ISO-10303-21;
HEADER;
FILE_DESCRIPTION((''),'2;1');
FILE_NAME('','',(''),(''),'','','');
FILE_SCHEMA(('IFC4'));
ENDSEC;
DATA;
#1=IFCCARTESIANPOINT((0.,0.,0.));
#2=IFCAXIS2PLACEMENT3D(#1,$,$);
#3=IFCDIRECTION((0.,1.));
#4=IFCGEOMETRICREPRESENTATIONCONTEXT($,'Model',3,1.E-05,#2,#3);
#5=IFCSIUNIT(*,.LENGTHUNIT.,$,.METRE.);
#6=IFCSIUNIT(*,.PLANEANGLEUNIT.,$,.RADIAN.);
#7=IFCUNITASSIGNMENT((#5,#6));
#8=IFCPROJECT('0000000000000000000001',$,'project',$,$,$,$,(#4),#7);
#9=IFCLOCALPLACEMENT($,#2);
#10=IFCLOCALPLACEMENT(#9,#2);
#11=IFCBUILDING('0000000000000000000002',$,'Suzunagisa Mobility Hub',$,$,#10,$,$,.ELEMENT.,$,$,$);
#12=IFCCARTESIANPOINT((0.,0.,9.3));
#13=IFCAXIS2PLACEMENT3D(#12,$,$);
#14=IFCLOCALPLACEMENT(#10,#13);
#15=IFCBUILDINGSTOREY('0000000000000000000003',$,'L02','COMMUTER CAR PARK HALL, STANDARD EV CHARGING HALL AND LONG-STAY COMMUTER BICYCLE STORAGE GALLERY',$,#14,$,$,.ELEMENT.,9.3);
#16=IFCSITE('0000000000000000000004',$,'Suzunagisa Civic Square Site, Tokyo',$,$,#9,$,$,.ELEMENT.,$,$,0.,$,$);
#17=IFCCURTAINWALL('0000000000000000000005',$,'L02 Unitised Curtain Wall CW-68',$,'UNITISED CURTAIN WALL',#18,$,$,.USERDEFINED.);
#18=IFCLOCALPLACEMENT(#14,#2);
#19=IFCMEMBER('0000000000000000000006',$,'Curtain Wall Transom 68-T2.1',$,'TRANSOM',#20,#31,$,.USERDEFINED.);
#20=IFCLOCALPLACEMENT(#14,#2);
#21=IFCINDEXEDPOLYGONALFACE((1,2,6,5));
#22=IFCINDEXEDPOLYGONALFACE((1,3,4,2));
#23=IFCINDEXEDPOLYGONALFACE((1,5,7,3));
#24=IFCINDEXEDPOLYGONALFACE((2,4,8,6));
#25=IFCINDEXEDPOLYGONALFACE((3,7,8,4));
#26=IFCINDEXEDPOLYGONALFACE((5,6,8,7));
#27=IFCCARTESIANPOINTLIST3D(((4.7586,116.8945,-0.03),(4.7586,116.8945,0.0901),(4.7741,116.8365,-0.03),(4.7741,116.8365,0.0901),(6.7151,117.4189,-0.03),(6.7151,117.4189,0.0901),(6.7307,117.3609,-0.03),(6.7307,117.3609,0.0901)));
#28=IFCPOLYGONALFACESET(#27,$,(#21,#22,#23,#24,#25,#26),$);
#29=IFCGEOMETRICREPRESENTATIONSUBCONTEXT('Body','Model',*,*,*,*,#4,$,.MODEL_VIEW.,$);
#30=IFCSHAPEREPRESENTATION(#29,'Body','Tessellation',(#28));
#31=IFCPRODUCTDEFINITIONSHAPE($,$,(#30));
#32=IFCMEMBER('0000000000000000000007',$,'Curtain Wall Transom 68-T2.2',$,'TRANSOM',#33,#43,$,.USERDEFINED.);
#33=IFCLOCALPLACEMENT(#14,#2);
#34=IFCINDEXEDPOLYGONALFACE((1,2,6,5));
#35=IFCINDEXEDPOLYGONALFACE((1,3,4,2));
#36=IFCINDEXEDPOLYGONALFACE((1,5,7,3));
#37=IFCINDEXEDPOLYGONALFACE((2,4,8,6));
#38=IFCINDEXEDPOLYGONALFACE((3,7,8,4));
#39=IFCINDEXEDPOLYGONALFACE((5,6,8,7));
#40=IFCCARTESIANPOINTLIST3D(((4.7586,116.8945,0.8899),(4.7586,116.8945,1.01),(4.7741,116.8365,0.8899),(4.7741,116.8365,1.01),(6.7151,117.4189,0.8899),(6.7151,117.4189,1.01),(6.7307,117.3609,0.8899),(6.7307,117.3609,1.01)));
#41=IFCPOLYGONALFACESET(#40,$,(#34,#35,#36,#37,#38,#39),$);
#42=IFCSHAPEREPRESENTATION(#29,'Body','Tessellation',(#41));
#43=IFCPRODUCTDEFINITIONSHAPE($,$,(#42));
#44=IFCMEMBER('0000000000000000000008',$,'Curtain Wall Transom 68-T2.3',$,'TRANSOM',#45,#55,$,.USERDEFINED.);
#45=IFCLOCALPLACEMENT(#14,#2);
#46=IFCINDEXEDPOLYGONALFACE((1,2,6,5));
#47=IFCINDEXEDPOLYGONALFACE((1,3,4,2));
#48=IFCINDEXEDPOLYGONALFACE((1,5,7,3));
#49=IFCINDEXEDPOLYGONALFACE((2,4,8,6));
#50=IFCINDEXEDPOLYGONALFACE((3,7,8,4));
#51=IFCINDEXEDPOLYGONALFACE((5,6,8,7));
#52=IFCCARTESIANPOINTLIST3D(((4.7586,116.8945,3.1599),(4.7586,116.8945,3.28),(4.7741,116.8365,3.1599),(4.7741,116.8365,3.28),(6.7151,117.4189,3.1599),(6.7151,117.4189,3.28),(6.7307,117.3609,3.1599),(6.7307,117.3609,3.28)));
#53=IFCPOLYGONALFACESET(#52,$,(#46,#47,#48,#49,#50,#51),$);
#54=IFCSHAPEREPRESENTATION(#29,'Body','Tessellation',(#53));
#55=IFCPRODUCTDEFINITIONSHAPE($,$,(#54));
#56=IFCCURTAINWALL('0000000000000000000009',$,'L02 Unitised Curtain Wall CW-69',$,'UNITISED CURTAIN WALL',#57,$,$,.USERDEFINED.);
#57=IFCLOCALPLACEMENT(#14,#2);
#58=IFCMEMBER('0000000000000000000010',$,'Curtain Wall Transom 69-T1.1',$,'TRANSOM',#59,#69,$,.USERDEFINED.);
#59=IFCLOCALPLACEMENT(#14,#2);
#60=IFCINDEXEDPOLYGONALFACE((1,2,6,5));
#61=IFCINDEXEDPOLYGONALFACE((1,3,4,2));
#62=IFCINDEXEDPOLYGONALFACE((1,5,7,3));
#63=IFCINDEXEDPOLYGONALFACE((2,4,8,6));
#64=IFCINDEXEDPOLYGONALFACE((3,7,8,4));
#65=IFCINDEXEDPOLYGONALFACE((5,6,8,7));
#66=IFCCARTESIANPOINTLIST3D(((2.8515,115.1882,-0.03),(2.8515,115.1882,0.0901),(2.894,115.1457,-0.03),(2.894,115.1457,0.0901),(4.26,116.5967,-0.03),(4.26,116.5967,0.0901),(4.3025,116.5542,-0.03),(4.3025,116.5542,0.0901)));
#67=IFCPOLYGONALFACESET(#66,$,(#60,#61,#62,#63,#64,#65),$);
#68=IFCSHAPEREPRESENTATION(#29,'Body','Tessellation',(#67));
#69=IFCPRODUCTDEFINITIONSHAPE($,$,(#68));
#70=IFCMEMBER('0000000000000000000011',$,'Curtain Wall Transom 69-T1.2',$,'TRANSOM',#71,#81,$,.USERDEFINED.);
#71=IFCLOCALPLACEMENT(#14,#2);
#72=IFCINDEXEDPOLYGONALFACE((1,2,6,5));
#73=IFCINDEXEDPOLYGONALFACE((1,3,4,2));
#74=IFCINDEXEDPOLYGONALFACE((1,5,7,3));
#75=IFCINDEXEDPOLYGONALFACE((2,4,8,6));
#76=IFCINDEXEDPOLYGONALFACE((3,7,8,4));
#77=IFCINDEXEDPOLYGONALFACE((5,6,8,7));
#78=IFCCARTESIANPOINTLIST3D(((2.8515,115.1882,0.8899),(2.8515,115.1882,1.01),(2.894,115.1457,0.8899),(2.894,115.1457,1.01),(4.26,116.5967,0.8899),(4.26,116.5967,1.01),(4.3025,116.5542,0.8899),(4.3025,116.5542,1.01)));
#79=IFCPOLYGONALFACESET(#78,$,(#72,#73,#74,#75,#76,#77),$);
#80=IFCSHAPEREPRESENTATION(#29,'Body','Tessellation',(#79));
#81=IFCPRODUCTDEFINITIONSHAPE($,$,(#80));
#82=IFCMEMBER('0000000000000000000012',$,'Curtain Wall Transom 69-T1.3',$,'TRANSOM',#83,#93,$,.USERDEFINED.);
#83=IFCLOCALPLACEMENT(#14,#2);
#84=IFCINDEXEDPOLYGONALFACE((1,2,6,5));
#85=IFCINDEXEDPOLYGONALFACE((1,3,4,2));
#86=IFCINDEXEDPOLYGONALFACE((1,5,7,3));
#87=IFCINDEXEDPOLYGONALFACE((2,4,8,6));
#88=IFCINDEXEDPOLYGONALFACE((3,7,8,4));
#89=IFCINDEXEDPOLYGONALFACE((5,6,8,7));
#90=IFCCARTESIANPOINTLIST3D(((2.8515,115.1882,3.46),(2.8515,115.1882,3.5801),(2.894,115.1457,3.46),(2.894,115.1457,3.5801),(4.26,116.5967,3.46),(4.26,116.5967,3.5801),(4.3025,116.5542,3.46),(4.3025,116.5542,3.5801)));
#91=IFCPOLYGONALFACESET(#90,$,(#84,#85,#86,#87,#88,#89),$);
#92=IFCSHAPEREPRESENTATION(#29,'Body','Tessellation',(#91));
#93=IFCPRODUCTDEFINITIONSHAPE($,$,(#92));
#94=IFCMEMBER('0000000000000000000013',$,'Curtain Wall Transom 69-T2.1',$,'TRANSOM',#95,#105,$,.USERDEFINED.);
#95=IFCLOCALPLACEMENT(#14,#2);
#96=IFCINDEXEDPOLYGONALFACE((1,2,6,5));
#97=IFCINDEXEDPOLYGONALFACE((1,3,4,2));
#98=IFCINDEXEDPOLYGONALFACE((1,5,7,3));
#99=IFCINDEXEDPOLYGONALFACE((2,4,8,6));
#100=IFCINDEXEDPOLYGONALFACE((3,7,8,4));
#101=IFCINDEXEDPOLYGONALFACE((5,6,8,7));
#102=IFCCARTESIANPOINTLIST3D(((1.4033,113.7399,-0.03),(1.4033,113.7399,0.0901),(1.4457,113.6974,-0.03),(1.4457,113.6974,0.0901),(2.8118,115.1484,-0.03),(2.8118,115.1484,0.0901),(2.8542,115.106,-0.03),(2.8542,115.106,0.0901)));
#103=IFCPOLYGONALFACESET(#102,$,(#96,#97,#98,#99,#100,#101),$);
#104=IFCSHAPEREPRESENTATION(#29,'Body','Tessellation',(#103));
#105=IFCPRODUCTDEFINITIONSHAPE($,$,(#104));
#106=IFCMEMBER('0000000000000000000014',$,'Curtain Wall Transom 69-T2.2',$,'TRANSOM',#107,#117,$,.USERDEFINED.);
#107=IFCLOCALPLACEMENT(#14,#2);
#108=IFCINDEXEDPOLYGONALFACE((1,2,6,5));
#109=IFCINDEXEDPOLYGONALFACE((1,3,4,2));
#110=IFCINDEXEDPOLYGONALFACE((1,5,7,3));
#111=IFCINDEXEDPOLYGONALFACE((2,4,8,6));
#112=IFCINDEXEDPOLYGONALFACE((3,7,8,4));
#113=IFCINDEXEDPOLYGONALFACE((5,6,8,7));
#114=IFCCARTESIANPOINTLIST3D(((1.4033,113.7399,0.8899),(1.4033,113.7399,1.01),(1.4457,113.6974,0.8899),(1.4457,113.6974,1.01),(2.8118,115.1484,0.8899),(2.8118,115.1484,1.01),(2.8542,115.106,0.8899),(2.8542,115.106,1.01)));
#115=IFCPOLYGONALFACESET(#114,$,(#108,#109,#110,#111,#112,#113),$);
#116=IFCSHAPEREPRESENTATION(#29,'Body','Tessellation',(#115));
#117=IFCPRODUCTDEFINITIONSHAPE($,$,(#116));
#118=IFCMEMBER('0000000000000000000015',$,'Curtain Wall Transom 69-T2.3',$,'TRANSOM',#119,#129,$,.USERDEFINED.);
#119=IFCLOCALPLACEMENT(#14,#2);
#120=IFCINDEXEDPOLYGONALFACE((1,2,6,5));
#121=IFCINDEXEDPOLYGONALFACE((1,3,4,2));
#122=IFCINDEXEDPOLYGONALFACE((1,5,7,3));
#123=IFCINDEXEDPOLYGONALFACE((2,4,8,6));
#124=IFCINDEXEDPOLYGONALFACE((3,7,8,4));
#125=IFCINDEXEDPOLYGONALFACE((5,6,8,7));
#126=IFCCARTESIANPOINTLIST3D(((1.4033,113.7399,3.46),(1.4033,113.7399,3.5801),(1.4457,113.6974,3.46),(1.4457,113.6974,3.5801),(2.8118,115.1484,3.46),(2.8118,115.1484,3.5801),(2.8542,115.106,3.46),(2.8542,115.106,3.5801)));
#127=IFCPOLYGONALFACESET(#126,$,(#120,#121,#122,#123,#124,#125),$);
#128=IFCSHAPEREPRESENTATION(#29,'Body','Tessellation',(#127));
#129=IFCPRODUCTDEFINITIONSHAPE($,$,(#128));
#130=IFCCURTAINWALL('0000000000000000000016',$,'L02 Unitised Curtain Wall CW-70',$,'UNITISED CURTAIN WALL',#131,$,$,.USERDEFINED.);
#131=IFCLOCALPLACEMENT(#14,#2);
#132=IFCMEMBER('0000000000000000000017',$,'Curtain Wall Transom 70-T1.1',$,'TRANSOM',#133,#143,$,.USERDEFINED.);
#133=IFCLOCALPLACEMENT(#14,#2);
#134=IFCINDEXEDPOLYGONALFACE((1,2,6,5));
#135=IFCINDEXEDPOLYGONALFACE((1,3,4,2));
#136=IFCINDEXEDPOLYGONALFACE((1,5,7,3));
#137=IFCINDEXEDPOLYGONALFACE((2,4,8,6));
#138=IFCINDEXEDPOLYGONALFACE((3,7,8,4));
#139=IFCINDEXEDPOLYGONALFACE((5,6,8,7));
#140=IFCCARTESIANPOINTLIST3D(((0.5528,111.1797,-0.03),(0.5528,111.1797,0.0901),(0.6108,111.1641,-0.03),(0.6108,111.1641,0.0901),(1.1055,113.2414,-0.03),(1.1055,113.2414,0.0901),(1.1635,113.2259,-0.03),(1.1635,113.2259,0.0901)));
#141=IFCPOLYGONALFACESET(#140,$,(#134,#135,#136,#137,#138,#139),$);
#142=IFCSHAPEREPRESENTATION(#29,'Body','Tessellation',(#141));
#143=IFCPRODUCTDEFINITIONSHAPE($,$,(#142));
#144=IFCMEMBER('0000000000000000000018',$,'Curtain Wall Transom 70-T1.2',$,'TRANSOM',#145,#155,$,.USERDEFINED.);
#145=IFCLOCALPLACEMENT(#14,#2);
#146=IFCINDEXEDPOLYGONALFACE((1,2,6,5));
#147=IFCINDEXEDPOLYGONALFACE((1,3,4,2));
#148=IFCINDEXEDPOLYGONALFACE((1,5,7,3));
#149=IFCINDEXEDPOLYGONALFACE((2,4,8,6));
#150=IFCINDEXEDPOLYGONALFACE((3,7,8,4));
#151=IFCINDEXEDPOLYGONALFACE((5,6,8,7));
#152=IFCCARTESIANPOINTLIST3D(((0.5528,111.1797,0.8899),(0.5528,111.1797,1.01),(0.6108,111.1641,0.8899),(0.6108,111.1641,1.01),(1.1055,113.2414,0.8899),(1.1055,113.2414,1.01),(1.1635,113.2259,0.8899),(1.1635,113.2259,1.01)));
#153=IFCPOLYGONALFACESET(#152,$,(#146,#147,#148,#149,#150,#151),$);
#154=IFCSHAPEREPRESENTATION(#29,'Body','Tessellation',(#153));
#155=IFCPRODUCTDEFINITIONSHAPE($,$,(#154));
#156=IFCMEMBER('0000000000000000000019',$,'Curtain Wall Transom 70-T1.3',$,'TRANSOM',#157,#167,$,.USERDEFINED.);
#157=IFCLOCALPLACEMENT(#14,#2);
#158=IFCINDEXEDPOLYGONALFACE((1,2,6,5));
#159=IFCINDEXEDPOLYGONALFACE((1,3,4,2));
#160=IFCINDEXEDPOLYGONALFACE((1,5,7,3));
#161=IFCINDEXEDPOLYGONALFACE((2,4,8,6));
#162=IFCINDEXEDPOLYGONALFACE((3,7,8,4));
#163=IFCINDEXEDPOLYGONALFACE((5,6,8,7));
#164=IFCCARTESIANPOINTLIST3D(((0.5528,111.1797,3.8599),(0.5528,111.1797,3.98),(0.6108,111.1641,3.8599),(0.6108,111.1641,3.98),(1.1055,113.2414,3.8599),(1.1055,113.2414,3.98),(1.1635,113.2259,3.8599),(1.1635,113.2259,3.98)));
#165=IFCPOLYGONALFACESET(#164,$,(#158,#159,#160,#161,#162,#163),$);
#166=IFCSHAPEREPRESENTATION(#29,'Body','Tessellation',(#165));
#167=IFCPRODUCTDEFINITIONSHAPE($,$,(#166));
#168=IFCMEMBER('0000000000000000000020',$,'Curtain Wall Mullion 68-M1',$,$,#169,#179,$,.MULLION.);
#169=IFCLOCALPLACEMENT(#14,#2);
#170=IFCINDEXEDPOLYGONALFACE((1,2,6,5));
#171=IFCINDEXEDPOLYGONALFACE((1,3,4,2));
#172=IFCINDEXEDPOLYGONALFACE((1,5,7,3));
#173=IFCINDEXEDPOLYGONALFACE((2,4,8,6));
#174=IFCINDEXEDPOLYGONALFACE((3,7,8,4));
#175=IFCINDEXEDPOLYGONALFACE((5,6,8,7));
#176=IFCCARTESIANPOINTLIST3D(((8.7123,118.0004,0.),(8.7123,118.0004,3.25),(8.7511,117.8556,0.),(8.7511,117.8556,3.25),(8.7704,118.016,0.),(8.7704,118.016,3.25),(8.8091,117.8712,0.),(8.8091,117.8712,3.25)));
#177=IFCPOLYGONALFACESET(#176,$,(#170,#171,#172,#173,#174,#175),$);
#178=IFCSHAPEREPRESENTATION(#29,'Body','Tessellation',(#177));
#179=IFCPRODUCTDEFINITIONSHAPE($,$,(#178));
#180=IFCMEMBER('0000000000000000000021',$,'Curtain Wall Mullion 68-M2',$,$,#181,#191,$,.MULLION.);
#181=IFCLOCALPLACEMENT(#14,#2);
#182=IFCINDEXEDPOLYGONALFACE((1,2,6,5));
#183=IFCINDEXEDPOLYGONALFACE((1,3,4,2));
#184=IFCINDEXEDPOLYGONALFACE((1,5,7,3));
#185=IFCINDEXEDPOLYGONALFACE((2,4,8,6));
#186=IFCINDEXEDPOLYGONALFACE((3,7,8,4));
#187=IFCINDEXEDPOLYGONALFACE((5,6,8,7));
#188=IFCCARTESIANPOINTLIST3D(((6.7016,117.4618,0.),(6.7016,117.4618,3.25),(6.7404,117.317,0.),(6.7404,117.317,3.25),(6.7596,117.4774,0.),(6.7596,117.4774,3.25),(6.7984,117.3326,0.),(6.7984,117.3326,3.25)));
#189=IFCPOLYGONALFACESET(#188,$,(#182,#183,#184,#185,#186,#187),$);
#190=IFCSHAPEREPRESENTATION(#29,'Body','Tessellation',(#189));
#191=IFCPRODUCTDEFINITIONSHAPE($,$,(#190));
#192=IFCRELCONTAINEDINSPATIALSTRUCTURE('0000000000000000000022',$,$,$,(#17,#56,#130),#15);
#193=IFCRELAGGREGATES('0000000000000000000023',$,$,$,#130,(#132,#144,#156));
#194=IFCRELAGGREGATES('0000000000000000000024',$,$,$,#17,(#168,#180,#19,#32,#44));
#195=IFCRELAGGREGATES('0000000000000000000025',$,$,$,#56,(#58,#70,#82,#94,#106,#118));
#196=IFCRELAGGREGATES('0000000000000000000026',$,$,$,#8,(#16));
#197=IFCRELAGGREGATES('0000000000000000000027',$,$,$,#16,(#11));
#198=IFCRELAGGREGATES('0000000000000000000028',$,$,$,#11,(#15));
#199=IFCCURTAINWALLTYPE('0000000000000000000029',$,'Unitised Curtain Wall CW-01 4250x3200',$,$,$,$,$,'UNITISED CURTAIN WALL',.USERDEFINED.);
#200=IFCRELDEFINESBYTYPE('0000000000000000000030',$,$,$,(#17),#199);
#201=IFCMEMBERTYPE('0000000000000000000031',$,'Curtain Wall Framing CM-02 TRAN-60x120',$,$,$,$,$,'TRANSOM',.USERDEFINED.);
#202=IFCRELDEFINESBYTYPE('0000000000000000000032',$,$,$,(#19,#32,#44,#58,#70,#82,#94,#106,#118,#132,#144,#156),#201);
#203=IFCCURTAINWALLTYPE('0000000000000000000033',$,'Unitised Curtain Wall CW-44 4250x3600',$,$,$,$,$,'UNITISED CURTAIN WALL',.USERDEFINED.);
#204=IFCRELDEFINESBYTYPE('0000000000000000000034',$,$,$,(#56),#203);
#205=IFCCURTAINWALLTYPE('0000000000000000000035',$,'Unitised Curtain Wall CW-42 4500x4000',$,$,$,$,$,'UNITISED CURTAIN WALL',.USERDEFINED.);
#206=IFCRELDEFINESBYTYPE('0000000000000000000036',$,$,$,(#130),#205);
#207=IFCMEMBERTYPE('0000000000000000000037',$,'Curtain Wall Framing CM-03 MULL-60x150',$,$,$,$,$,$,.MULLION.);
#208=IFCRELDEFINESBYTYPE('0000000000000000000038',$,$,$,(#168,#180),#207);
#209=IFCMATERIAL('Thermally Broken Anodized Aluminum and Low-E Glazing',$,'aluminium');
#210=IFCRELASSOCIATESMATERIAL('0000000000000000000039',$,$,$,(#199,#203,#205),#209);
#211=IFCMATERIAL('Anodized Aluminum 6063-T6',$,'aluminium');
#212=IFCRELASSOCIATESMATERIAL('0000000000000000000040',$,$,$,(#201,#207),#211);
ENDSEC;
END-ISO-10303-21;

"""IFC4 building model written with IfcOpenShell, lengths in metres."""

from ifc_helpers import new_model, si_unit, direction, frame, origin, origin_2d, place, context, subcontext, project, spatial, rectangle, extrude, material, material_profile, profile_set, type_object, element, aggregate, save


model = new_model("IFC4")

# Units and contexts
model_context = context("Model", 3, precision=1e-05, world=origin(), true_north=direction((0.0, 1.0)))
body_context = subcontext(model_context, "Body", "Model", "MODEL_VIEW")
ifc_project = project(units=[si_unit("LENGTHUNIT", "METRE"), si_unit("PLANEANGLEUNIT", "RADIAN")], contexts=[model_context])

# Site, building, storey
site_placement = place(None, origin())
site = spatial("IfcSite", under=ifc_project, at=site_placement, Name="Suzunagisa Civic Square Site, Tokyo", CompositionType="ELEMENT", RefElevation=0.0)
building_placement = place(site_placement, origin())
building = spatial("IfcBuilding", under=site, at=building_placement, Name="Suzunagisa Mobility Hub", CompositionType="ELEMENT")
storey_placement = place(building_placement, frame((0.0, 0.0, 9.3)))
storey = spatial("IfcBuildingStorey", under=building, at=storey_placement, Name="L02", Description="COMMUTER CAR PARK HALL, STANDARD EV CHARGING HALL AND LONG-STAY COMMUTER BICYCLE STORAGE GALLERY", CompositionType="ELEMENT", Elevation=9.3)

# Curtain walls, members
ifc_material_1 = material(Name="Thermally Broken Anodized Aluminum and Low-E Glazing", Category="aluminium")
curtain_wall_type_1 = type_object("IfcCurtainWallType", Name="Unitised Curtain Wall CW-01 4250x3200", ElementType="UNITISED CURTAIN WALL", PredefinedType="USERDEFINED", material=ifc_material_1)
curtain_wall_1_placement = place(storey_placement, origin())
curtain_wall_1 = element("IfcCurtainWall", 1, at=curtain_wall_1_placement, inside=storey, type_object=curtain_wall_type_1, Name="L02 Unitised Curtain Wall CW-68", ObjectType="UNITISED CURTAIN WALL", PredefinedType="USERDEFINED")
ifc_material_2 = material(Name="Anodized Aluminum 6063-T6", Category="aluminium")
ifc_material_profile_1 = material_profile(ifc_material_2, rectangle(XDim=0.0601, YDim=0.1201, at=origin_2d()), Name="TRAN-60x120")
ifc_profile_set_1 = profile_set([ifc_material_profile_1], Name="Anodized Aluminum 6063-T6")
member_type_1 = type_object("IfcMemberType", Name="Curtain Wall Framing CM-02 TRAN-60x120", ElementType="TRANSOM", PredefinedType="USERDEFINED", material=ifc_profile_set_1)
member_1_placement = place(storey_placement, frame((6.7229, 117.3899, 0.03), z_axis=(-0.965906, -0.258893, 0.0), x_axis=(0.258893, -0.965906, 0.0)))
member_1 = element("IfcMember", 2, at=member_1_placement, type_object=member_type_1, Name="Curtain Wall Transom 68-T2.1", ObjectType="TRANSOM", PredefinedType="USERDEFINED", context=body_context, shape_type="SweptSolid", body=[
    extrude(rectangle(XDim=0.0601, YDim=0.1201, at=origin_2d()), origin(), (0.0, 0.0, 1.0), 2.0256),
])
member_2_placement = place(storey_placement, frame((6.7229, 117.3899, 0.95), z_axis=(-0.965906, -0.258893, 0.0), x_axis=(0.258893, -0.965906, 0.0)))
member_2 = element("IfcMember", 3, at=member_2_placement, type_object=member_type_1, Name="Curtain Wall Transom 68-T2.2", ObjectType="TRANSOM", PredefinedType="USERDEFINED", context=body_context, shape_type="SweptSolid", body=[
    extrude(rectangle(XDim=0.0601, YDim=0.1201, at=origin_2d()), origin(), (0.0, 0.0, 1.0), 2.0256),
])
member_3_placement = place(storey_placement, frame((6.7229, 117.3899, 3.22), z_axis=(-0.965906, -0.258893, 0.0), x_axis=(0.258893, -0.965906, 0.0)))
member_3 = element("IfcMember", 4, at=member_3_placement, type_object=member_type_1, Name="Curtain Wall Transom 68-T2.3", ObjectType="TRANSOM", PredefinedType="USERDEFINED", context=body_context, shape_type="SweptSolid", body=[
    extrude(rectangle(XDim=0.0601, YDim=0.1201, at=origin_2d()), origin(), (0.0, 0.0, 1.0), 2.0256),
])
curtain_wall_type_2 = type_object("IfcCurtainWallType", Name="Unitised Curtain Wall CW-44 4250x3600", ElementType="UNITISED CURTAIN WALL", PredefinedType="USERDEFINED", material=ifc_material_1)
curtain_wall_2_placement = place(storey_placement, origin())
curtain_wall_2 = element("IfcCurtainWall", 5, at=curtain_wall_2_placement, inside=storey, type_object=curtain_wall_type_2, Name="L02 Unitised Curtain Wall CW-69", ObjectType="UNITISED CURTAIN WALL", PredefinedType="USERDEFINED")
member_4_placement = place(storey_placement, frame((4.2812, 116.5754, 0.03), z_axis=(-0.707107, -0.707107, 0.0), x_axis=(0.707107, -0.707107, 0.0)))
member_4 = element("IfcMember", 6, at=member_4_placement, type_object=member_type_1, Name="Curtain Wall Transom 69-T1.1", ObjectType="TRANSOM", PredefinedType="USERDEFINED", context=body_context, shape_type="SweptSolid", body=[
    extrude(rectangle(XDim=0.0601, YDim=0.1201, at=origin_2d()), origin(), (0.0, 0.0, 1.0), 1.9919),
])
member_5_placement = place(storey_placement, frame((4.2812, 116.5754, 0.95), z_axis=(-0.707107, -0.707107, 0.0), x_axis=(0.707107, -0.707107, 0.0)))
member_5 = element("IfcMember", 7, at=member_5_placement, type_object=member_type_1, Name="Curtain Wall Transom 69-T1.2", ObjectType="TRANSOM", PredefinedType="USERDEFINED", context=body_context, shape_type="SweptSolid", body=[
    extrude(rectangle(XDim=0.0601, YDim=0.1201, at=origin_2d()), origin(), (0.0, 0.0, 1.0), 1.9919),
])
member_6_placement = place(storey_placement, frame((4.2812, 116.5754, 3.52), z_axis=(-0.707107, -0.707107, 0.0), x_axis=(0.707107, -0.707107, 0.0)))
member_6 = element("IfcMember", 8, at=member_6_placement, type_object=member_type_1, Name="Curtain Wall Transom 69-T1.3", ObjectType="TRANSOM", PredefinedType="USERDEFINED", context=body_context, shape_type="SweptSolid", body=[
    extrude(rectangle(XDim=0.0601, YDim=0.1201, at=origin_2d()), origin(), (0.0, 0.0, 1.0), 1.9919),
])
member_7_placement = place(storey_placement, frame((2.833, 115.1272, 0.03), z_axis=(-0.707107, -0.707107, 0.0), x_axis=(0.707107, -0.707107, 0.0)))
member_7 = element("IfcMember", 9, at=member_7_placement, type_object=member_type_1, Name="Curtain Wall Transom 69-T2.1", ObjectType="TRANSOM", PredefinedType="USERDEFINED", context=body_context, shape_type="SweptSolid", body=[
    extrude(rectangle(XDim=0.0601, YDim=0.1201, at=origin_2d()), origin(), (0.0, 0.0, 1.0), 1.9919),
])
member_8_placement = place(storey_placement, frame((2.833, 115.1272, 0.95), z_axis=(-0.707107, -0.707107, 0.0), x_axis=(0.707107, -0.707107, 0.0)))
member_8 = element("IfcMember", 10, at=member_8_placement, type_object=member_type_1, Name="Curtain Wall Transom 69-T2.2", ObjectType="TRANSOM", PredefinedType="USERDEFINED", context=body_context, shape_type="SweptSolid", body=[
    extrude(rectangle(XDim=0.0601, YDim=0.1201, at=origin_2d()), origin(), (0.0, 0.0, 1.0), 1.9919),
])
member_9_placement = place(storey_placement, frame((2.833, 115.1272, 3.52), z_axis=(-0.707107, -0.707107, 0.0), x_axis=(0.707107, -0.707107, 0.0)))
member_9 = element("IfcMember", 11, at=member_9_placement, type_object=member_type_1, Name="Curtain Wall Transom 69-T2.3", ObjectType="TRANSOM", PredefinedType="USERDEFINED", context=body_context, shape_type="SweptSolid", body=[
    extrude(rectangle(XDim=0.0601, YDim=0.1201, at=origin_2d()), origin(), (0.0, 0.0, 1.0), 1.9919),
])
curtain_wall_type_3 = type_object("IfcCurtainWallType", Name="Unitised Curtain Wall CW-42 4500x4000", ElementType="UNITISED CURTAIN WALL", PredefinedType="USERDEFINED", material=ifc_material_1)
curtain_wall_3_placement = place(storey_placement, origin())
curtain_wall_3 = element("IfcCurtainWall", 12, at=curtain_wall_3_placement, inside=storey, type_object=curtain_wall_type_3, Name="L02 Unitised Curtain Wall CW-70", ObjectType="UNITISED CURTAIN WALL", PredefinedType="USERDEFINED")
member_10_placement = place(storey_placement, frame((1.1345, 113.2336, 0.03), z_axis=(-0.258944, -0.965892, 0.0), x_axis=(0.965892, -0.258944, 0.0)))
member_10 = element("IfcMember", 13, at=member_10_placement, type_object=member_type_1, Name="Curtain Wall Transom 70-T1.1", ObjectType="TRANSOM", PredefinedType="USERDEFINED", context=body_context, shape_type="SweptSolid", body=[
    extrude(rectangle(XDim=0.0601, YDim=0.1201, at=origin_2d()), origin(), (0.0, 0.0, 1.0), 2.1345),
])
member_11_placement = place(storey_placement, frame((1.1345, 113.2336, 0.95), z_axis=(-0.258944, -0.965892, 0.0), x_axis=(0.965892, -0.258944, 0.0)))
member_11 = element("IfcMember", 14, at=member_11_placement, type_object=member_type_1, Name="Curtain Wall Transom 70-T1.2", ObjectType="TRANSOM", PredefinedType="USERDEFINED", context=body_context, shape_type="SweptSolid", body=[
    extrude(rectangle(XDim=0.0601, YDim=0.1201, at=origin_2d()), origin(), (0.0, 0.0, 1.0), 2.1345),
])
member_12_placement = place(storey_placement, frame((1.1345, 113.2336, 3.9199), z_axis=(-0.258944, -0.965892, 0.0), x_axis=(0.965892, -0.258944, 0.0)))
member_12 = element("IfcMember", 15, at=member_12_placement, type_object=member_type_1, Name="Curtain Wall Transom 70-T1.3", ObjectType="TRANSOM", PredefinedType="USERDEFINED", context=body_context, shape_type="SweptSolid", body=[
    extrude(rectangle(XDim=0.0601, YDim=0.1201, at=origin_2d()), origin(), (0.0, 0.0, 1.0), 2.1345),
])

# Members
ifc_material_profile_2 = material_profile(ifc_material_2, rectangle(XDim=0.0601, YDim=0.1499, at=origin_2d()), Name="MULL-60x150")
ifc_profile_set_2 = profile_set([ifc_material_profile_2], Name="Anodized Aluminum 6063-T6")
member_type_2 = type_object("IfcMemberType", Name="Curtain Wall Framing CM-03 MULL-60x150", PredefinedType="MULLION", material=ifc_profile_set_2)
member_13_placement = place(storey_placement, frame((8.7607, 117.9358, 0.0), z_axis=(0.0, 0.0, 1.0), x_axis=(-0.96593, -0.258803, 0.0)))
member_13 = element("IfcMember", 16, at=member_13_placement, type_object=member_type_2, Name="Curtain Wall Mullion 68-M1", PredefinedType="MULLION", context=body_context, shape_type="SweptSolid", body=[
    extrude(rectangle(XDim=0.0601, YDim=0.1499, at=origin_2d()), origin(), (0.0, 0.0, 1.0), 3.25),
])
member_14_placement = place(storey_placement, frame((6.75, 117.3972, 0.0), z_axis=(0.0, 0.0, 1.0), x_axis=(-0.96593, -0.258803, 0.0)))
member_14 = element("IfcMember", 17, at=member_14_placement, type_object=member_type_2, Name="Curtain Wall Mullion 68-M2", PredefinedType="MULLION", context=body_context, shape_type="SweptSolid", body=[
    extrude(rectangle(XDim=0.0601, YDim=0.1499, at=origin_2d()), origin(), (0.0, 0.0, 1.0), 3.25),
])
aggregate(curtain_wall_3, [member_10, member_11, member_12])

aggregate(curtain_wall_1, [member_13, member_14, member_1, member_2, member_3])
aggregate(curtain_wall_2, [member_4, member_5, member_6, member_7, member_8, member_9])

save(model, "model.ifc")
